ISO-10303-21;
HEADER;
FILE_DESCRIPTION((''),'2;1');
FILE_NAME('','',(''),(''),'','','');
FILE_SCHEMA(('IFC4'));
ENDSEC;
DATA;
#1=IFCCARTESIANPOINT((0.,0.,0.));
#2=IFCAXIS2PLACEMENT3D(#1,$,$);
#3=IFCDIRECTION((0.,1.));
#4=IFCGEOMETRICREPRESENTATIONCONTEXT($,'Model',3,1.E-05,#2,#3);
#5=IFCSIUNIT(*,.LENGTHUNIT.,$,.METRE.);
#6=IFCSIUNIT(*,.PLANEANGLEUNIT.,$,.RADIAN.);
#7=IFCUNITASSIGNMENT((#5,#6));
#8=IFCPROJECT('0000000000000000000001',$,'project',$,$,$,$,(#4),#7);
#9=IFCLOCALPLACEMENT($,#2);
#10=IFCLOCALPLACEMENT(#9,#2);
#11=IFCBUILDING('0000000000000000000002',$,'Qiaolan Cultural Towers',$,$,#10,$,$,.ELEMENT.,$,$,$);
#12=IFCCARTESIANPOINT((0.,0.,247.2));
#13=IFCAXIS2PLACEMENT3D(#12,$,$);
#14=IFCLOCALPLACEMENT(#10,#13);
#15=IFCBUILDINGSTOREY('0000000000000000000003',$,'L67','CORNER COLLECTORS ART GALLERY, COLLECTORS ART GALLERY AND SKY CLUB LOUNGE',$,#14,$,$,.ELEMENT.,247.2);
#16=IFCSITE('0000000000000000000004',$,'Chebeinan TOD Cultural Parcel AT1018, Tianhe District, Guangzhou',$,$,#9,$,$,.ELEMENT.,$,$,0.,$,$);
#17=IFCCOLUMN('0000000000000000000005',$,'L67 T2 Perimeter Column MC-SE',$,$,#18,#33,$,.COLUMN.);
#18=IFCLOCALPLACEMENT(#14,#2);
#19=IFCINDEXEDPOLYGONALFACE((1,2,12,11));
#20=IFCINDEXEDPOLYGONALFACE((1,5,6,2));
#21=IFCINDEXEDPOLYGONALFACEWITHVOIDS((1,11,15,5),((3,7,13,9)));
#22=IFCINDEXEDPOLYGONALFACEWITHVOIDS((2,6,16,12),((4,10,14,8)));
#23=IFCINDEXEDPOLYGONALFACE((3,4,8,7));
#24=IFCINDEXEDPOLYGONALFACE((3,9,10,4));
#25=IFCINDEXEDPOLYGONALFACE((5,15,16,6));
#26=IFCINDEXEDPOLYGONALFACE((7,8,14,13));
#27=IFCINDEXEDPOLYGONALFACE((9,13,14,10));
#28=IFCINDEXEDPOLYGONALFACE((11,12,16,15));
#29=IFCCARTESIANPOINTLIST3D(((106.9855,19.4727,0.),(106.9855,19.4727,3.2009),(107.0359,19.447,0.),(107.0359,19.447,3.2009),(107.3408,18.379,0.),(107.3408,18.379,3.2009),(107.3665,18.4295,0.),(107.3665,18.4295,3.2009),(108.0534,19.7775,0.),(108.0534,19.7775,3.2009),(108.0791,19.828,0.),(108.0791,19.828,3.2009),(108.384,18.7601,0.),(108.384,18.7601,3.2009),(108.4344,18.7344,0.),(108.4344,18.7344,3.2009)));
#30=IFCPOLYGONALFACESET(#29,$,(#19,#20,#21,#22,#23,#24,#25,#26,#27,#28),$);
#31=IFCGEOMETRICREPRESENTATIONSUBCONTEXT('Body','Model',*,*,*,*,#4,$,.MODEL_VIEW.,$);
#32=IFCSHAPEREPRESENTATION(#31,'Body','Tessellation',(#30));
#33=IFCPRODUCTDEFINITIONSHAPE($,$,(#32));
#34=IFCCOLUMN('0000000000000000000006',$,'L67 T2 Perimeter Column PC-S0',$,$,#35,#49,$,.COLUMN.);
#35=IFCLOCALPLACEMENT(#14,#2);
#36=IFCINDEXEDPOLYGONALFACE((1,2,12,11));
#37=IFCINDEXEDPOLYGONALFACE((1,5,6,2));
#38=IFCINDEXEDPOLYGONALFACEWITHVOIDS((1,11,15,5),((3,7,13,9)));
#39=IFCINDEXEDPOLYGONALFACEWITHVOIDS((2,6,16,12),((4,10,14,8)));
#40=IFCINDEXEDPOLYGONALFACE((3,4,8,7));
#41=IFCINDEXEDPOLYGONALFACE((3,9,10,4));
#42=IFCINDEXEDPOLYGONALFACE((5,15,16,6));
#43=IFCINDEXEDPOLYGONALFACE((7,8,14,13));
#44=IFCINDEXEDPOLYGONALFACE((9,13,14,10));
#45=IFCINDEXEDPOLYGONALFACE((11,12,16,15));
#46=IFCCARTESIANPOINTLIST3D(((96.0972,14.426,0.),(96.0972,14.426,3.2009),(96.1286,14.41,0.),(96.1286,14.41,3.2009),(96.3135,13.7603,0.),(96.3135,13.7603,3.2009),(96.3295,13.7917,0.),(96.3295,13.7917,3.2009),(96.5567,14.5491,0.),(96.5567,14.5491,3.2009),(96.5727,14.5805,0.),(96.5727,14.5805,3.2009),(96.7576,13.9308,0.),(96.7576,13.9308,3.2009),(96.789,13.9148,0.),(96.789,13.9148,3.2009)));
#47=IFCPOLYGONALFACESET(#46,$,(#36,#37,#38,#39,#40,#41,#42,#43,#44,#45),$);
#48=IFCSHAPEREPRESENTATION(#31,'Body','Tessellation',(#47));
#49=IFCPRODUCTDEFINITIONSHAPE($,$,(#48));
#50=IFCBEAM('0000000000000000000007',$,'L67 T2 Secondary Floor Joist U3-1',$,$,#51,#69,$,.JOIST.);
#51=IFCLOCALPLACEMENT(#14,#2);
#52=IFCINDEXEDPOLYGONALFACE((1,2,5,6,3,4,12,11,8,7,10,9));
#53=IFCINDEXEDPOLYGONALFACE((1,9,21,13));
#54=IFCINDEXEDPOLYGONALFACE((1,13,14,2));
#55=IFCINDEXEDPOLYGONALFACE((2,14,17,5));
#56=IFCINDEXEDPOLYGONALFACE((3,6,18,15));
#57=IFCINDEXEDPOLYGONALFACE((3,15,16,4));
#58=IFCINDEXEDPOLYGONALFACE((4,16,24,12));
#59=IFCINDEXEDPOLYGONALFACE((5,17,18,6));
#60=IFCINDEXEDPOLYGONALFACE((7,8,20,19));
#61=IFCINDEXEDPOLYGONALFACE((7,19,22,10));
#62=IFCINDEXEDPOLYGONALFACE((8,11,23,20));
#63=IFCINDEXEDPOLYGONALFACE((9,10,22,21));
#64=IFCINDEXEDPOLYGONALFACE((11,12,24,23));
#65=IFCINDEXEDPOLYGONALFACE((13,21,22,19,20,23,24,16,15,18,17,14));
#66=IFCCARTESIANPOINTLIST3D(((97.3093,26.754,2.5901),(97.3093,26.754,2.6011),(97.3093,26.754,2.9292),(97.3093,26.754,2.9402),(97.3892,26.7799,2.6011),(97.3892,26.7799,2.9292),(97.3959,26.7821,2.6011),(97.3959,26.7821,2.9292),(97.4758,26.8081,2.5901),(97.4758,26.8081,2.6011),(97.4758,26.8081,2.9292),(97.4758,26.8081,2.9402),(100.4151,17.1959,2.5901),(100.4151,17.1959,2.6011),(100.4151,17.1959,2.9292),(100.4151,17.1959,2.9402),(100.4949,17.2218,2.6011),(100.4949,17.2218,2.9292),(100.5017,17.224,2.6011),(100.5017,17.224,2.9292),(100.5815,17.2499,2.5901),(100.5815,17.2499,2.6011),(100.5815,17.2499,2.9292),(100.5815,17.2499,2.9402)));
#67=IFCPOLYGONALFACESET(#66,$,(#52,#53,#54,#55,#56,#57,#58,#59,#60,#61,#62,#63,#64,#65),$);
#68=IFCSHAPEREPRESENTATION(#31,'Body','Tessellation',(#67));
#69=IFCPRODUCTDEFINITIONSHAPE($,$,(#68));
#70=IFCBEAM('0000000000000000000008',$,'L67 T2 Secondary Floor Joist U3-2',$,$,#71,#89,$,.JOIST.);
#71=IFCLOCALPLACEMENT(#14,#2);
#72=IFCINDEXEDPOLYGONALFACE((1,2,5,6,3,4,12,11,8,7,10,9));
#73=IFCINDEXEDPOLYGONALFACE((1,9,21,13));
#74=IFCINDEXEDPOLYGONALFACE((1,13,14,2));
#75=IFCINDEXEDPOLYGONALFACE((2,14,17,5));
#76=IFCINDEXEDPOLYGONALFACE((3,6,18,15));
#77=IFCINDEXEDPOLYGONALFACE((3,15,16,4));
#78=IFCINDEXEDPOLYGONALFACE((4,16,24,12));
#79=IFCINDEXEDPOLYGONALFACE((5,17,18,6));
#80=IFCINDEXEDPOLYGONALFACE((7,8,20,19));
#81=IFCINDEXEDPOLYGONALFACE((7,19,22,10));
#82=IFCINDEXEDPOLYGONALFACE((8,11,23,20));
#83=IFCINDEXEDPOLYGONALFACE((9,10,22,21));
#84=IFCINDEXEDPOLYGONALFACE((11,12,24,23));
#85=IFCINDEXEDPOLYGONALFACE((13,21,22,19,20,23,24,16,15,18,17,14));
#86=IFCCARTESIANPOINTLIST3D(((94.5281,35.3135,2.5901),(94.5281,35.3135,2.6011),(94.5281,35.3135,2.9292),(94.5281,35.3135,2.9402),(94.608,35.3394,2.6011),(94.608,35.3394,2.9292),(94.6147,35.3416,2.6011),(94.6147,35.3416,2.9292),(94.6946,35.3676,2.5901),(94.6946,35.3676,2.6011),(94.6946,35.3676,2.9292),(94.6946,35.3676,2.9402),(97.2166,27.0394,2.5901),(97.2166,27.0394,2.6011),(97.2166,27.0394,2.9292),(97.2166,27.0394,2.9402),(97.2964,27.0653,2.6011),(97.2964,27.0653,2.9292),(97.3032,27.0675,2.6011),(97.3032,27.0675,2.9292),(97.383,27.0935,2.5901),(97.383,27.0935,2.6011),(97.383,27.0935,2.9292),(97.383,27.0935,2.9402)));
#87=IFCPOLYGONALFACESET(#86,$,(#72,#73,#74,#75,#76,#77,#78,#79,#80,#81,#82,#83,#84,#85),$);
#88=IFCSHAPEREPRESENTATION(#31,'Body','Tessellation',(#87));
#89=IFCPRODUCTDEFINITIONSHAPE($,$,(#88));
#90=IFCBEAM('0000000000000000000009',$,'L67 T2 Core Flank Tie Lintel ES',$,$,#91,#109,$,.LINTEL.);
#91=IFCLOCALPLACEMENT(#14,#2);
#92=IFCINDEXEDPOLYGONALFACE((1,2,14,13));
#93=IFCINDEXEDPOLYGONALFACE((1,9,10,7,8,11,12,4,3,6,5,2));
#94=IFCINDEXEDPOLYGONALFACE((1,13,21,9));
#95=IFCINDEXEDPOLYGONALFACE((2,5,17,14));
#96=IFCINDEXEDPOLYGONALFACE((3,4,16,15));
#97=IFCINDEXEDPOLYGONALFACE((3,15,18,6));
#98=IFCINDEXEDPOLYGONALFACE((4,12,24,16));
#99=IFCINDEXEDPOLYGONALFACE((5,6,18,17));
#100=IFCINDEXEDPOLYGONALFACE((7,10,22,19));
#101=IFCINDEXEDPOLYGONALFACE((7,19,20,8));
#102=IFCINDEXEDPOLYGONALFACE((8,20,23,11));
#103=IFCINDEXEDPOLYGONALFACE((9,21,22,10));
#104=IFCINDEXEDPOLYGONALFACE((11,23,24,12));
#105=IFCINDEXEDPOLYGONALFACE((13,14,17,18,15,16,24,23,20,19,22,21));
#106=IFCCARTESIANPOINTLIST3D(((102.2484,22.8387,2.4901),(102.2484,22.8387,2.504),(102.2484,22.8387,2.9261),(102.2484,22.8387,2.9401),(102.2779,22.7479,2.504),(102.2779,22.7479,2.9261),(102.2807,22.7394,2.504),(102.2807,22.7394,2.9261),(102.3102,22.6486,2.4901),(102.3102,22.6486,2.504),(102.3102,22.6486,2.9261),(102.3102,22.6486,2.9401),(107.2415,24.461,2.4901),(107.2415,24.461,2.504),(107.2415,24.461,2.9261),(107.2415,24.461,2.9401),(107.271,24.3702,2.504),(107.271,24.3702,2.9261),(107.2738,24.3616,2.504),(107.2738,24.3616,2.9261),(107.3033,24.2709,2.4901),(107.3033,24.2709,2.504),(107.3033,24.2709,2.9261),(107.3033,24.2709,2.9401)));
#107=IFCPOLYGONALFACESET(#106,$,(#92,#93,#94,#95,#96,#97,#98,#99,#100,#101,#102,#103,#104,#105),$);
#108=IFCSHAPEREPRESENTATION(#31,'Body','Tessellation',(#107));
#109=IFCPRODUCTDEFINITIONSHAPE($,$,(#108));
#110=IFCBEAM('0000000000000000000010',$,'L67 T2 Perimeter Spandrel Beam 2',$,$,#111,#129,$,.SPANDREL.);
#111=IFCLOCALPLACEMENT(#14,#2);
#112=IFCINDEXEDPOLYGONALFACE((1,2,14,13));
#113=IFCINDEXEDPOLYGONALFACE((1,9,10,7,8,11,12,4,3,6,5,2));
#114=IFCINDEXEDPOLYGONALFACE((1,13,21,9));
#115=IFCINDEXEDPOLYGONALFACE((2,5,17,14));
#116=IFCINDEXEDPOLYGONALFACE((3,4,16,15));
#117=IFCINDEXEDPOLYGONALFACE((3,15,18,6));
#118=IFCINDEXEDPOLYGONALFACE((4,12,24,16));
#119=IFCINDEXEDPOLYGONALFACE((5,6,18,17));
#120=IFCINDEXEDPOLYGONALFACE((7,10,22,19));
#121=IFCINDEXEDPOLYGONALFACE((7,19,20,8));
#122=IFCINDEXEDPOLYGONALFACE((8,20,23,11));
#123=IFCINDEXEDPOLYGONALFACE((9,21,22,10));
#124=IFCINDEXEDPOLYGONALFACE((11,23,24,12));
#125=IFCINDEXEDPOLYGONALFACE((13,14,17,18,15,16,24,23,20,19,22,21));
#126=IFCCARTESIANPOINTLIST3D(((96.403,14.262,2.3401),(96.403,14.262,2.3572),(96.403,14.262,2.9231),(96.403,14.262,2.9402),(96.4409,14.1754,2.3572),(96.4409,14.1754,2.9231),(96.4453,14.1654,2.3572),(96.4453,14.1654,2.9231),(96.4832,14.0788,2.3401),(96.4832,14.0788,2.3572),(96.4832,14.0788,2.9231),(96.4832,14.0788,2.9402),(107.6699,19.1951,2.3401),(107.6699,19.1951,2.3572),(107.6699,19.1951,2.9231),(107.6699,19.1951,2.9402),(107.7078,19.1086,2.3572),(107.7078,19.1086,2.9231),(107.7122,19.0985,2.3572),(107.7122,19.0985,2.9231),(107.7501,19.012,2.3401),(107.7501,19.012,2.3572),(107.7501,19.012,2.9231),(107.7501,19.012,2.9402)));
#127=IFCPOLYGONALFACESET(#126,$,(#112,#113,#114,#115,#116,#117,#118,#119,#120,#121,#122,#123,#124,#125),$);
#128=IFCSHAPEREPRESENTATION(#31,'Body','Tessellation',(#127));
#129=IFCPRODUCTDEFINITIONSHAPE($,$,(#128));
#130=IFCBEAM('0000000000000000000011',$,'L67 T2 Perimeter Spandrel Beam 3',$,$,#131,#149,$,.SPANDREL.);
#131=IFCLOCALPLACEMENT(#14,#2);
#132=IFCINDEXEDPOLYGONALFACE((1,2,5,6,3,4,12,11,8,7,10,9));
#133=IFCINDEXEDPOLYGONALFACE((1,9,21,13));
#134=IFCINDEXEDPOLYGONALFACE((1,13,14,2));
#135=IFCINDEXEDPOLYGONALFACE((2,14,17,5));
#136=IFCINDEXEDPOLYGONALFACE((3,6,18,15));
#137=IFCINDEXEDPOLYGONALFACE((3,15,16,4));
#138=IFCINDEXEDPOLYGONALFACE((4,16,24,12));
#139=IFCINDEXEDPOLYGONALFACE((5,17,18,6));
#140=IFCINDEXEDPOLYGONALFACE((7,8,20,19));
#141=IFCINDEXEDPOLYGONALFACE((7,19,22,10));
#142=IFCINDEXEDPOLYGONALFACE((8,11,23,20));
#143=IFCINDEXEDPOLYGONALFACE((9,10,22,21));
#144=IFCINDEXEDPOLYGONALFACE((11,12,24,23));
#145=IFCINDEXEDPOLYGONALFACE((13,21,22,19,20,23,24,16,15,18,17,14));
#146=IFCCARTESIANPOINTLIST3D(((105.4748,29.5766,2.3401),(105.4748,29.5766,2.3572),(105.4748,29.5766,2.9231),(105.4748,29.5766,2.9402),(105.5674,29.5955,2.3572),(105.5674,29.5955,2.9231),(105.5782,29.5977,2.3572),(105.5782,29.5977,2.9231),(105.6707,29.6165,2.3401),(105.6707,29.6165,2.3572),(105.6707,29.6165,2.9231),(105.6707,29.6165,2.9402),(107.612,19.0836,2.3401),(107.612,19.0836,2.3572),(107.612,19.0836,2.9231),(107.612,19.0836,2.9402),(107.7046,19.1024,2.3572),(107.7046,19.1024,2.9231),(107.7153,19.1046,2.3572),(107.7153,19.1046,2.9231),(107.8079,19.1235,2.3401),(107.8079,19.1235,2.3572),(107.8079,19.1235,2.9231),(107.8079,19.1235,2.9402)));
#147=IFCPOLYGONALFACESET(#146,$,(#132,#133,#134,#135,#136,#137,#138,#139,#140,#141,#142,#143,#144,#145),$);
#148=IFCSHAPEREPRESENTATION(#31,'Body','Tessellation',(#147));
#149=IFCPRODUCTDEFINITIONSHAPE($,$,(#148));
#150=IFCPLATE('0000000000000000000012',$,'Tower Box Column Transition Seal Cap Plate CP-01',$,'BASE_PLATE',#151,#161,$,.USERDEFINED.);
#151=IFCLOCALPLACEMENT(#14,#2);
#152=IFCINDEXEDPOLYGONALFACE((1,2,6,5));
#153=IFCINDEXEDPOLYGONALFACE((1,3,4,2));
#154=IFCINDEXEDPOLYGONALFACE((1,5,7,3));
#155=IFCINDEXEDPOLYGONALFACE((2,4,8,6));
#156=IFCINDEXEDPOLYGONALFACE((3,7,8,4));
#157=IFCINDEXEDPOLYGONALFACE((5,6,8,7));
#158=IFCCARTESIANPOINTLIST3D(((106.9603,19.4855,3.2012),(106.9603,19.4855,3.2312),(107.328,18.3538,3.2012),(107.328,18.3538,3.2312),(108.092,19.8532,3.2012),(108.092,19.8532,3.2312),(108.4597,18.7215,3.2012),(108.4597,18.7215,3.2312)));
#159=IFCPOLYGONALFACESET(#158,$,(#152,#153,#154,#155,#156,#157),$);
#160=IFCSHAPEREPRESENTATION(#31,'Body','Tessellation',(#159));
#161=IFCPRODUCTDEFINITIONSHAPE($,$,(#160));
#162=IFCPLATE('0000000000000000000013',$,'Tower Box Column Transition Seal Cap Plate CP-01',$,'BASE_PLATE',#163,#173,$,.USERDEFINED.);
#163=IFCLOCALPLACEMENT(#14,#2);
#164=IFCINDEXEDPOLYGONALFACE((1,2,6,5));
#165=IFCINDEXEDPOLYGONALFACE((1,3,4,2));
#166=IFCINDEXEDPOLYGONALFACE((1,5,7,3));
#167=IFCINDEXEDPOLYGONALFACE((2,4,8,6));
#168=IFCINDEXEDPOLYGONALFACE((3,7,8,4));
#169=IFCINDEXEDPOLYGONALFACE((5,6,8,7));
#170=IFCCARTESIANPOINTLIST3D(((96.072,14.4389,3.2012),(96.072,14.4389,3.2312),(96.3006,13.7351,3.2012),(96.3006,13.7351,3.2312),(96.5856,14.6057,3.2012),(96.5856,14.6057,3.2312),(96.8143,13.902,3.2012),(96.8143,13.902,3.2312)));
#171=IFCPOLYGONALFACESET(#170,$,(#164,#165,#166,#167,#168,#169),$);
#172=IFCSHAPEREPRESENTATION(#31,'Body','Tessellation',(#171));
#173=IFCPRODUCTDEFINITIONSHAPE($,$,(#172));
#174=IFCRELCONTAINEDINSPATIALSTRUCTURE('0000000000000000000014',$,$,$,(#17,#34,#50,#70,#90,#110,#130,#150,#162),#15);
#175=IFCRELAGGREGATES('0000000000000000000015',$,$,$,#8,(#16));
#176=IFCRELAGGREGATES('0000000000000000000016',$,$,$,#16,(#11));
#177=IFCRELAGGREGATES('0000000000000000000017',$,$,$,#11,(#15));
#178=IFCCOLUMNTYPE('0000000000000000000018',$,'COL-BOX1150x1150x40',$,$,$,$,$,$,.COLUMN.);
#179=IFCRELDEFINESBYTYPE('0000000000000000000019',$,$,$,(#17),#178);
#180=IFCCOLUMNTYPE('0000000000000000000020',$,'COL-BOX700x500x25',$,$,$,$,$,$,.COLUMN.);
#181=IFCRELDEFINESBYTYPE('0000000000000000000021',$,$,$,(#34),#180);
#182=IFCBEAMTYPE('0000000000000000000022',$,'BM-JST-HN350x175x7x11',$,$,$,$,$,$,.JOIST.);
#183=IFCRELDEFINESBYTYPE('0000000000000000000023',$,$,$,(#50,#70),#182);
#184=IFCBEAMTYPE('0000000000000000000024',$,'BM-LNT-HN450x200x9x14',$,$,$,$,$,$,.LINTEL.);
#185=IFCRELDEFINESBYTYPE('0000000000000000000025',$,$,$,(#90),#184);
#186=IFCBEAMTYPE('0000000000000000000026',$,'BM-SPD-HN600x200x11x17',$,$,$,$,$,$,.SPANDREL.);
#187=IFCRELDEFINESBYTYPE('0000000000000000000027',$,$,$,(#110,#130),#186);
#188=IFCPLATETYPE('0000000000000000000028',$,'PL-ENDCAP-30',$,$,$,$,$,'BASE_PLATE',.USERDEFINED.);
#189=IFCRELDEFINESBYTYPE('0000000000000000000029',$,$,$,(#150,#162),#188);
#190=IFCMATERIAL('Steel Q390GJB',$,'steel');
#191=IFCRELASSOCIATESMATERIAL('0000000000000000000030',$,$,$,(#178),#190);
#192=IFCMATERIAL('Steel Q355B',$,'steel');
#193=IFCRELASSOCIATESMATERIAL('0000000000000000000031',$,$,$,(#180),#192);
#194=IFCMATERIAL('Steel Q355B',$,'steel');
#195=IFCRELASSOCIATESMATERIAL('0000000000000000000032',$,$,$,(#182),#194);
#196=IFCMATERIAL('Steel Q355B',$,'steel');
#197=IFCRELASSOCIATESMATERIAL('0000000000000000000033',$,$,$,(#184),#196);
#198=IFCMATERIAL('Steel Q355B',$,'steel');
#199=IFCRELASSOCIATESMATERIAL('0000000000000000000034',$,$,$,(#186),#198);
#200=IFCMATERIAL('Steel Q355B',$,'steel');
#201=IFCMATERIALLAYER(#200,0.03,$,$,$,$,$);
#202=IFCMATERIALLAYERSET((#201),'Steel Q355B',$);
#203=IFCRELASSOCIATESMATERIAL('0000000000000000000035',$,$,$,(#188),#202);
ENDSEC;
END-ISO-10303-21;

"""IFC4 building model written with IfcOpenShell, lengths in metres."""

from ifc_helpers import new_model, si_unit, direction, frame, origin, origin_2d, place, context, subcontext, project, spatial, rectangle, hollow_rectangle, i_section, extrude, material, layer, layer_set, material_profile, profile_set, type_object, element, save


model = new_model("IFC4")

# Units and contexts
model_context = context("Model", 3, precision=1e-05, world=origin(), true_north=direction((0.0, 1.0)))
body_context = subcontext(model_context, "Body", "Model", "MODEL_VIEW")
ifc_project = project(units=[si_unit("LENGTHUNIT", "METRE"), si_unit("PLANEANGLEUNIT", "RADIAN")], contexts=[model_context])

# Site, building, storey
site_placement = place(None, origin())
site = spatial("IfcSite", under=ifc_project, at=site_placement, Name="Chebeinan TOD Cultural Parcel AT1018, Tianhe District, Guangzhou", CompositionType="ELEMENT", RefElevation=0.0)
building_placement = place(site_placement, origin())
building = spatial("IfcBuilding", under=site, at=building_placement, Name="Qiaolan Cultural Towers", CompositionType="ELEMENT")
storey_placement = place(building_placement, frame((0.0, 0.0, 247.2)))
storey = spatial("IfcBuildingStorey", under=building, at=storey_placement, Name="L67", Description="CORNER COLLECTORS ART GALLERY, COLLECTORS ART GALLERY AND SKY CLUB LOUNGE", CompositionType="ELEMENT", Elevation=247.2)

# Columns
ifc_material_1 = material(Name="Steel Q390GJB", Category="steel")
ifc_material_profile_1 = material_profile(ifc_material_1, hollow_rectangle(XDim=1.1499, YDim=1.1499, WallThickness=0.04, at=origin_2d()), Name="BOX1150x1150x40")
ifc_profile_set_1 = profile_set([ifc_material_profile_1], Name="Steel Q390GJB")
column_type_1 = type_object("IfcColumnType", Name="COL-BOX1150x1150x40", PredefinedType="COLUMN", material=ifc_profile_set_1)
column_1_placement = place(storey_placement, frame((107.71, 19.1035, 0.0), z_axis=(0.0, 0.0, 1.0), x_axis=(0.951057, 0.309017, 0.0)))
element("IfcColumn", 1, at=column_1_placement, inside=storey, type_object=column_type_1, Name="L67 T2 Perimeter Column MC-SE", PredefinedType="COLUMN", context=body_context, shape_type="SweptSolid", body=[
    extrude(hollow_rectangle(XDim=1.1499, YDim=1.1499, WallThickness=0.04, at=origin_2d()), origin(), (0.0, 0.0, 1.0), 3.2009),
])
ifc_material_2 = material(Name="Steel Q355B", Category="steel")
ifc_material_profile_2 = material_profile(ifc_material_2, hollow_rectangle(XDim=0.5, YDim=0.7, WallThickness=0.0249, at=origin_2d()), Name="BOX700x500x25")
ifc_profile_set_2 = profile_set([ifc_material_profile_2], Name="Steel Q355B")
column_type_2 = type_object("IfcColumnType", Name="COL-BOX700x500x25", PredefinedType="COLUMN", material=ifc_profile_set_2)
column_2_placement = place(storey_placement, frame((96.4431, 14.1704, 0.0), z_axis=(0.0, 0.0, 1.0), x_axis=(0.951057, 0.309017, 0.0)))
element("IfcColumn", 2, at=column_2_placement, inside=storey, type_object=column_type_2, Name="L67 T2 Perimeter Column PC-S0", PredefinedType="COLUMN", context=body_context, shape_type="SweptSolid", body=[
    extrude(hollow_rectangle(XDim=0.5, YDim=0.7, WallThickness=0.0249, at=origin_2d()), origin(), (0.0, 0.0, 1.0), 3.2009),
])

# Beams
ifc_material_3 = material(Name="Steel Q355B", Category="steel")
ifc_material_profile_3 = material_profile(ifc_material_3, i_section(OverallWidth=0.175, OverallDepth=0.3501, WebThickness=0.0071, FlangeThickness=0.011, at=origin_2d()), Name="HN350x175x7x11")
ifc_profile_set_3 = profile_set([ifc_material_profile_3], Name="Steel Q355B")
beam_type_1 = type_object("IfcBeamType", Name="BM-JST-HN350x175x7x11", PredefinedType="JOIST", material=ifc_profile_set_3)
beam_1_placement = place(storey_placement, frame((100.4983, 17.2229, 2.7651), z_axis=(-0.309026, 0.951054, 0.0), x_axis=(-0.951054, -0.309026, 0.0)))
element("IfcBeam", 3, at=beam_1_placement, inside=storey, type_object=beam_type_1, Name="L67 T2 Secondary Floor Joist U3-1", PredefinedType="JOIST", context=body_context, shape_type="SweptSolid", body=[
    extrude(i_section(OverallWidth=0.175, OverallDepth=0.3501, WebThickness=0.0071, FlangeThickness=0.011, at=origin_2d()), origin(), (0.0, 0.0, 1.0), 10.05),
])
beam_2_placement = place(storey_placement, frame((97.2998, 27.0664, 2.7651), z_axis=(-0.309021, 0.951055, 0.0), x_axis=(-0.951055, -0.309021, 0.0)))
element("IfcBeam", 4, at=beam_2_placement, inside=storey, type_object=beam_type_1, Name="L67 T2 Secondary Floor Joist U3-2", PredefinedType="JOIST", context=body_context, shape_type="SweptSolid", body=[
    extrude(i_section(OverallWidth=0.175, OverallDepth=0.3501, WebThickness=0.0071, FlangeThickness=0.011, at=origin_2d()), origin(), (0.0, 0.0, 1.0), 8.7),
])
ifc_material_4 = material(Name="Steel Q355B", Category="steel")
ifc_material_profile_4 = material_profile(ifc_material_4, i_section(OverallWidth=0.2, OverallDepth=0.45, WebThickness=0.009, FlangeThickness=0.0139, at=origin_2d()), Name="HN450x200x9x14")
ifc_profile_set_4 = profile_set([ifc_material_profile_4], Name="Steel Q355B")
beam_type_2 = type_object("IfcBeamType", Name="BM-LNT-HN450x200x9x14", PredefinedType="LINTEL", material=ifc_profile_set_4)
beam_3_placement = place(storey_placement, frame((102.2793, 22.7437, 2.7151), z_axis=(0.95106, 0.309006, 0.0), x_axis=(-0.309006, 0.95106, 0.0)))
element("IfcBeam", 5, at=beam_3_placement, inside=storey, type_object=beam_type_2, Name="L67 T2 Core Flank Tie Lintel ES", PredefinedType="LINTEL", context=body_context, shape_type="SweptSolid", body=[
    extrude(i_section(OverallWidth=0.2, OverallDepth=0.45, WebThickness=0.009, FlangeThickness=0.0139, at=origin_2d()), origin(), (0.0, 0.0, 1.0), 5.25),
])
ifc_material_5 = material(Name="Steel Q355B", Category="steel")
ifc_material_profile_5 = material_profile(ifc_material_5, i_section(OverallWidth=0.2, OverallDepth=0.6001, WebThickness=0.011, FlangeThickness=0.0171, at=origin_2d()), Name="HN600x200x11x17")
ifc_profile_set_5 = profile_set([ifc_material_profile_5], Name="Steel Q355B")
beam_type_3 = type_object("IfcBeamType", Name="BM-SPD-HN600x200x11x17", PredefinedType="SPANDREL", material=ifc_profile_set_5)
beam_4_placement = place(storey_placement, frame((96.4431, 14.1704, 2.6401), z_axis=(0.916042, 0.401082, 0.0), x_axis=(-0.401082, 0.916042, 0.0)))
element("IfcBeam", 6, at=beam_4_placement, inside=storey, type_object=beam_type_3, Name="L67 T2 Perimeter Spandrel Beam 2", PredefinedType="SPANDREL", context=body_context, shape_type="SweptSolid", body=[
    extrude(i_section(OverallWidth=0.2, OverallDepth=0.6001, WebThickness=0.011, FlangeThickness=0.0171, at=origin_2d()), origin(), (0.0, 0.0, 1.0), 12.2996),
])
beam_5_placement = place(storey_placement, frame((107.71, 19.1035, 2.6401), z_axis=(-0.199579, 0.979882, 0.0), x_axis=(-0.979882, -0.199579, 0.0)))
element("IfcBeam", 7, at=beam_5_placement, inside=storey, type_object=beam_type_3, Name="L67 T2 Perimeter Spandrel Beam 3", PredefinedType="SPANDREL", context=body_context, shape_type="SweptSolid", body=[
    extrude(i_section(OverallWidth=0.2, OverallDepth=0.6001, WebThickness=0.011, FlangeThickness=0.0171, at=origin_2d()), origin(), (0.0, 0.0, 1.0), 10.7085),
])

# Plates
ifc_material_6 = material(Name="Steel Q355B", Category="steel")
ifc_layer_1 = layer(ifc_material_6, 0.03)
ifc_layer_set_1 = layer_set([ifc_layer_1], Name="Steel Q355B")
plate_type = type_object("IfcPlateType", Name="PL-ENDCAP-30", ElementType="BASE_PLATE", PredefinedType="USERDEFINED", material=ifc_layer_set_1)
plate_1_placement = place(storey_placement, frame((107.71, 19.1035, 3.2012), z_axis=(0.0, 0.0, 1.0), x_axis=(0.951057, 0.309017, 0.0)))
element("IfcPlate", 8, at=plate_1_placement, inside=storey, type_object=plate_type, Name="Tower Box Column Transition Seal Cap Plate CP-01", ObjectType="BASE_PLATE", PredefinedType="USERDEFINED", context=body_context, shape_type="SweptSolid", body=[
    extrude(rectangle(XDim=1.1899, YDim=1.1899, at=origin_2d()), origin(), (0.0, 0.0, 1.0), 0.03),
])
plate_2_placement = place(storey_placement, frame((96.4431, 14.1704, 3.2012), z_axis=(0.0, 0.0, 1.0), x_axis=(0.951057, 0.309017, 0.0)))
element("IfcPlate", 9, at=plate_2_placement, inside=storey, type_object=plate_type, Name="Tower Box Column Transition Seal Cap Plate CP-01", ObjectType="BASE_PLATE", PredefinedType="USERDEFINED", context=body_context, shape_type="SweptSolid", body=[
    extrude(rectangle(XDim=0.54, YDim=0.74, at=origin_2d()), origin(), (0.0, 0.0, 1.0), 0.03),
])

save(model, "model.ifc")
